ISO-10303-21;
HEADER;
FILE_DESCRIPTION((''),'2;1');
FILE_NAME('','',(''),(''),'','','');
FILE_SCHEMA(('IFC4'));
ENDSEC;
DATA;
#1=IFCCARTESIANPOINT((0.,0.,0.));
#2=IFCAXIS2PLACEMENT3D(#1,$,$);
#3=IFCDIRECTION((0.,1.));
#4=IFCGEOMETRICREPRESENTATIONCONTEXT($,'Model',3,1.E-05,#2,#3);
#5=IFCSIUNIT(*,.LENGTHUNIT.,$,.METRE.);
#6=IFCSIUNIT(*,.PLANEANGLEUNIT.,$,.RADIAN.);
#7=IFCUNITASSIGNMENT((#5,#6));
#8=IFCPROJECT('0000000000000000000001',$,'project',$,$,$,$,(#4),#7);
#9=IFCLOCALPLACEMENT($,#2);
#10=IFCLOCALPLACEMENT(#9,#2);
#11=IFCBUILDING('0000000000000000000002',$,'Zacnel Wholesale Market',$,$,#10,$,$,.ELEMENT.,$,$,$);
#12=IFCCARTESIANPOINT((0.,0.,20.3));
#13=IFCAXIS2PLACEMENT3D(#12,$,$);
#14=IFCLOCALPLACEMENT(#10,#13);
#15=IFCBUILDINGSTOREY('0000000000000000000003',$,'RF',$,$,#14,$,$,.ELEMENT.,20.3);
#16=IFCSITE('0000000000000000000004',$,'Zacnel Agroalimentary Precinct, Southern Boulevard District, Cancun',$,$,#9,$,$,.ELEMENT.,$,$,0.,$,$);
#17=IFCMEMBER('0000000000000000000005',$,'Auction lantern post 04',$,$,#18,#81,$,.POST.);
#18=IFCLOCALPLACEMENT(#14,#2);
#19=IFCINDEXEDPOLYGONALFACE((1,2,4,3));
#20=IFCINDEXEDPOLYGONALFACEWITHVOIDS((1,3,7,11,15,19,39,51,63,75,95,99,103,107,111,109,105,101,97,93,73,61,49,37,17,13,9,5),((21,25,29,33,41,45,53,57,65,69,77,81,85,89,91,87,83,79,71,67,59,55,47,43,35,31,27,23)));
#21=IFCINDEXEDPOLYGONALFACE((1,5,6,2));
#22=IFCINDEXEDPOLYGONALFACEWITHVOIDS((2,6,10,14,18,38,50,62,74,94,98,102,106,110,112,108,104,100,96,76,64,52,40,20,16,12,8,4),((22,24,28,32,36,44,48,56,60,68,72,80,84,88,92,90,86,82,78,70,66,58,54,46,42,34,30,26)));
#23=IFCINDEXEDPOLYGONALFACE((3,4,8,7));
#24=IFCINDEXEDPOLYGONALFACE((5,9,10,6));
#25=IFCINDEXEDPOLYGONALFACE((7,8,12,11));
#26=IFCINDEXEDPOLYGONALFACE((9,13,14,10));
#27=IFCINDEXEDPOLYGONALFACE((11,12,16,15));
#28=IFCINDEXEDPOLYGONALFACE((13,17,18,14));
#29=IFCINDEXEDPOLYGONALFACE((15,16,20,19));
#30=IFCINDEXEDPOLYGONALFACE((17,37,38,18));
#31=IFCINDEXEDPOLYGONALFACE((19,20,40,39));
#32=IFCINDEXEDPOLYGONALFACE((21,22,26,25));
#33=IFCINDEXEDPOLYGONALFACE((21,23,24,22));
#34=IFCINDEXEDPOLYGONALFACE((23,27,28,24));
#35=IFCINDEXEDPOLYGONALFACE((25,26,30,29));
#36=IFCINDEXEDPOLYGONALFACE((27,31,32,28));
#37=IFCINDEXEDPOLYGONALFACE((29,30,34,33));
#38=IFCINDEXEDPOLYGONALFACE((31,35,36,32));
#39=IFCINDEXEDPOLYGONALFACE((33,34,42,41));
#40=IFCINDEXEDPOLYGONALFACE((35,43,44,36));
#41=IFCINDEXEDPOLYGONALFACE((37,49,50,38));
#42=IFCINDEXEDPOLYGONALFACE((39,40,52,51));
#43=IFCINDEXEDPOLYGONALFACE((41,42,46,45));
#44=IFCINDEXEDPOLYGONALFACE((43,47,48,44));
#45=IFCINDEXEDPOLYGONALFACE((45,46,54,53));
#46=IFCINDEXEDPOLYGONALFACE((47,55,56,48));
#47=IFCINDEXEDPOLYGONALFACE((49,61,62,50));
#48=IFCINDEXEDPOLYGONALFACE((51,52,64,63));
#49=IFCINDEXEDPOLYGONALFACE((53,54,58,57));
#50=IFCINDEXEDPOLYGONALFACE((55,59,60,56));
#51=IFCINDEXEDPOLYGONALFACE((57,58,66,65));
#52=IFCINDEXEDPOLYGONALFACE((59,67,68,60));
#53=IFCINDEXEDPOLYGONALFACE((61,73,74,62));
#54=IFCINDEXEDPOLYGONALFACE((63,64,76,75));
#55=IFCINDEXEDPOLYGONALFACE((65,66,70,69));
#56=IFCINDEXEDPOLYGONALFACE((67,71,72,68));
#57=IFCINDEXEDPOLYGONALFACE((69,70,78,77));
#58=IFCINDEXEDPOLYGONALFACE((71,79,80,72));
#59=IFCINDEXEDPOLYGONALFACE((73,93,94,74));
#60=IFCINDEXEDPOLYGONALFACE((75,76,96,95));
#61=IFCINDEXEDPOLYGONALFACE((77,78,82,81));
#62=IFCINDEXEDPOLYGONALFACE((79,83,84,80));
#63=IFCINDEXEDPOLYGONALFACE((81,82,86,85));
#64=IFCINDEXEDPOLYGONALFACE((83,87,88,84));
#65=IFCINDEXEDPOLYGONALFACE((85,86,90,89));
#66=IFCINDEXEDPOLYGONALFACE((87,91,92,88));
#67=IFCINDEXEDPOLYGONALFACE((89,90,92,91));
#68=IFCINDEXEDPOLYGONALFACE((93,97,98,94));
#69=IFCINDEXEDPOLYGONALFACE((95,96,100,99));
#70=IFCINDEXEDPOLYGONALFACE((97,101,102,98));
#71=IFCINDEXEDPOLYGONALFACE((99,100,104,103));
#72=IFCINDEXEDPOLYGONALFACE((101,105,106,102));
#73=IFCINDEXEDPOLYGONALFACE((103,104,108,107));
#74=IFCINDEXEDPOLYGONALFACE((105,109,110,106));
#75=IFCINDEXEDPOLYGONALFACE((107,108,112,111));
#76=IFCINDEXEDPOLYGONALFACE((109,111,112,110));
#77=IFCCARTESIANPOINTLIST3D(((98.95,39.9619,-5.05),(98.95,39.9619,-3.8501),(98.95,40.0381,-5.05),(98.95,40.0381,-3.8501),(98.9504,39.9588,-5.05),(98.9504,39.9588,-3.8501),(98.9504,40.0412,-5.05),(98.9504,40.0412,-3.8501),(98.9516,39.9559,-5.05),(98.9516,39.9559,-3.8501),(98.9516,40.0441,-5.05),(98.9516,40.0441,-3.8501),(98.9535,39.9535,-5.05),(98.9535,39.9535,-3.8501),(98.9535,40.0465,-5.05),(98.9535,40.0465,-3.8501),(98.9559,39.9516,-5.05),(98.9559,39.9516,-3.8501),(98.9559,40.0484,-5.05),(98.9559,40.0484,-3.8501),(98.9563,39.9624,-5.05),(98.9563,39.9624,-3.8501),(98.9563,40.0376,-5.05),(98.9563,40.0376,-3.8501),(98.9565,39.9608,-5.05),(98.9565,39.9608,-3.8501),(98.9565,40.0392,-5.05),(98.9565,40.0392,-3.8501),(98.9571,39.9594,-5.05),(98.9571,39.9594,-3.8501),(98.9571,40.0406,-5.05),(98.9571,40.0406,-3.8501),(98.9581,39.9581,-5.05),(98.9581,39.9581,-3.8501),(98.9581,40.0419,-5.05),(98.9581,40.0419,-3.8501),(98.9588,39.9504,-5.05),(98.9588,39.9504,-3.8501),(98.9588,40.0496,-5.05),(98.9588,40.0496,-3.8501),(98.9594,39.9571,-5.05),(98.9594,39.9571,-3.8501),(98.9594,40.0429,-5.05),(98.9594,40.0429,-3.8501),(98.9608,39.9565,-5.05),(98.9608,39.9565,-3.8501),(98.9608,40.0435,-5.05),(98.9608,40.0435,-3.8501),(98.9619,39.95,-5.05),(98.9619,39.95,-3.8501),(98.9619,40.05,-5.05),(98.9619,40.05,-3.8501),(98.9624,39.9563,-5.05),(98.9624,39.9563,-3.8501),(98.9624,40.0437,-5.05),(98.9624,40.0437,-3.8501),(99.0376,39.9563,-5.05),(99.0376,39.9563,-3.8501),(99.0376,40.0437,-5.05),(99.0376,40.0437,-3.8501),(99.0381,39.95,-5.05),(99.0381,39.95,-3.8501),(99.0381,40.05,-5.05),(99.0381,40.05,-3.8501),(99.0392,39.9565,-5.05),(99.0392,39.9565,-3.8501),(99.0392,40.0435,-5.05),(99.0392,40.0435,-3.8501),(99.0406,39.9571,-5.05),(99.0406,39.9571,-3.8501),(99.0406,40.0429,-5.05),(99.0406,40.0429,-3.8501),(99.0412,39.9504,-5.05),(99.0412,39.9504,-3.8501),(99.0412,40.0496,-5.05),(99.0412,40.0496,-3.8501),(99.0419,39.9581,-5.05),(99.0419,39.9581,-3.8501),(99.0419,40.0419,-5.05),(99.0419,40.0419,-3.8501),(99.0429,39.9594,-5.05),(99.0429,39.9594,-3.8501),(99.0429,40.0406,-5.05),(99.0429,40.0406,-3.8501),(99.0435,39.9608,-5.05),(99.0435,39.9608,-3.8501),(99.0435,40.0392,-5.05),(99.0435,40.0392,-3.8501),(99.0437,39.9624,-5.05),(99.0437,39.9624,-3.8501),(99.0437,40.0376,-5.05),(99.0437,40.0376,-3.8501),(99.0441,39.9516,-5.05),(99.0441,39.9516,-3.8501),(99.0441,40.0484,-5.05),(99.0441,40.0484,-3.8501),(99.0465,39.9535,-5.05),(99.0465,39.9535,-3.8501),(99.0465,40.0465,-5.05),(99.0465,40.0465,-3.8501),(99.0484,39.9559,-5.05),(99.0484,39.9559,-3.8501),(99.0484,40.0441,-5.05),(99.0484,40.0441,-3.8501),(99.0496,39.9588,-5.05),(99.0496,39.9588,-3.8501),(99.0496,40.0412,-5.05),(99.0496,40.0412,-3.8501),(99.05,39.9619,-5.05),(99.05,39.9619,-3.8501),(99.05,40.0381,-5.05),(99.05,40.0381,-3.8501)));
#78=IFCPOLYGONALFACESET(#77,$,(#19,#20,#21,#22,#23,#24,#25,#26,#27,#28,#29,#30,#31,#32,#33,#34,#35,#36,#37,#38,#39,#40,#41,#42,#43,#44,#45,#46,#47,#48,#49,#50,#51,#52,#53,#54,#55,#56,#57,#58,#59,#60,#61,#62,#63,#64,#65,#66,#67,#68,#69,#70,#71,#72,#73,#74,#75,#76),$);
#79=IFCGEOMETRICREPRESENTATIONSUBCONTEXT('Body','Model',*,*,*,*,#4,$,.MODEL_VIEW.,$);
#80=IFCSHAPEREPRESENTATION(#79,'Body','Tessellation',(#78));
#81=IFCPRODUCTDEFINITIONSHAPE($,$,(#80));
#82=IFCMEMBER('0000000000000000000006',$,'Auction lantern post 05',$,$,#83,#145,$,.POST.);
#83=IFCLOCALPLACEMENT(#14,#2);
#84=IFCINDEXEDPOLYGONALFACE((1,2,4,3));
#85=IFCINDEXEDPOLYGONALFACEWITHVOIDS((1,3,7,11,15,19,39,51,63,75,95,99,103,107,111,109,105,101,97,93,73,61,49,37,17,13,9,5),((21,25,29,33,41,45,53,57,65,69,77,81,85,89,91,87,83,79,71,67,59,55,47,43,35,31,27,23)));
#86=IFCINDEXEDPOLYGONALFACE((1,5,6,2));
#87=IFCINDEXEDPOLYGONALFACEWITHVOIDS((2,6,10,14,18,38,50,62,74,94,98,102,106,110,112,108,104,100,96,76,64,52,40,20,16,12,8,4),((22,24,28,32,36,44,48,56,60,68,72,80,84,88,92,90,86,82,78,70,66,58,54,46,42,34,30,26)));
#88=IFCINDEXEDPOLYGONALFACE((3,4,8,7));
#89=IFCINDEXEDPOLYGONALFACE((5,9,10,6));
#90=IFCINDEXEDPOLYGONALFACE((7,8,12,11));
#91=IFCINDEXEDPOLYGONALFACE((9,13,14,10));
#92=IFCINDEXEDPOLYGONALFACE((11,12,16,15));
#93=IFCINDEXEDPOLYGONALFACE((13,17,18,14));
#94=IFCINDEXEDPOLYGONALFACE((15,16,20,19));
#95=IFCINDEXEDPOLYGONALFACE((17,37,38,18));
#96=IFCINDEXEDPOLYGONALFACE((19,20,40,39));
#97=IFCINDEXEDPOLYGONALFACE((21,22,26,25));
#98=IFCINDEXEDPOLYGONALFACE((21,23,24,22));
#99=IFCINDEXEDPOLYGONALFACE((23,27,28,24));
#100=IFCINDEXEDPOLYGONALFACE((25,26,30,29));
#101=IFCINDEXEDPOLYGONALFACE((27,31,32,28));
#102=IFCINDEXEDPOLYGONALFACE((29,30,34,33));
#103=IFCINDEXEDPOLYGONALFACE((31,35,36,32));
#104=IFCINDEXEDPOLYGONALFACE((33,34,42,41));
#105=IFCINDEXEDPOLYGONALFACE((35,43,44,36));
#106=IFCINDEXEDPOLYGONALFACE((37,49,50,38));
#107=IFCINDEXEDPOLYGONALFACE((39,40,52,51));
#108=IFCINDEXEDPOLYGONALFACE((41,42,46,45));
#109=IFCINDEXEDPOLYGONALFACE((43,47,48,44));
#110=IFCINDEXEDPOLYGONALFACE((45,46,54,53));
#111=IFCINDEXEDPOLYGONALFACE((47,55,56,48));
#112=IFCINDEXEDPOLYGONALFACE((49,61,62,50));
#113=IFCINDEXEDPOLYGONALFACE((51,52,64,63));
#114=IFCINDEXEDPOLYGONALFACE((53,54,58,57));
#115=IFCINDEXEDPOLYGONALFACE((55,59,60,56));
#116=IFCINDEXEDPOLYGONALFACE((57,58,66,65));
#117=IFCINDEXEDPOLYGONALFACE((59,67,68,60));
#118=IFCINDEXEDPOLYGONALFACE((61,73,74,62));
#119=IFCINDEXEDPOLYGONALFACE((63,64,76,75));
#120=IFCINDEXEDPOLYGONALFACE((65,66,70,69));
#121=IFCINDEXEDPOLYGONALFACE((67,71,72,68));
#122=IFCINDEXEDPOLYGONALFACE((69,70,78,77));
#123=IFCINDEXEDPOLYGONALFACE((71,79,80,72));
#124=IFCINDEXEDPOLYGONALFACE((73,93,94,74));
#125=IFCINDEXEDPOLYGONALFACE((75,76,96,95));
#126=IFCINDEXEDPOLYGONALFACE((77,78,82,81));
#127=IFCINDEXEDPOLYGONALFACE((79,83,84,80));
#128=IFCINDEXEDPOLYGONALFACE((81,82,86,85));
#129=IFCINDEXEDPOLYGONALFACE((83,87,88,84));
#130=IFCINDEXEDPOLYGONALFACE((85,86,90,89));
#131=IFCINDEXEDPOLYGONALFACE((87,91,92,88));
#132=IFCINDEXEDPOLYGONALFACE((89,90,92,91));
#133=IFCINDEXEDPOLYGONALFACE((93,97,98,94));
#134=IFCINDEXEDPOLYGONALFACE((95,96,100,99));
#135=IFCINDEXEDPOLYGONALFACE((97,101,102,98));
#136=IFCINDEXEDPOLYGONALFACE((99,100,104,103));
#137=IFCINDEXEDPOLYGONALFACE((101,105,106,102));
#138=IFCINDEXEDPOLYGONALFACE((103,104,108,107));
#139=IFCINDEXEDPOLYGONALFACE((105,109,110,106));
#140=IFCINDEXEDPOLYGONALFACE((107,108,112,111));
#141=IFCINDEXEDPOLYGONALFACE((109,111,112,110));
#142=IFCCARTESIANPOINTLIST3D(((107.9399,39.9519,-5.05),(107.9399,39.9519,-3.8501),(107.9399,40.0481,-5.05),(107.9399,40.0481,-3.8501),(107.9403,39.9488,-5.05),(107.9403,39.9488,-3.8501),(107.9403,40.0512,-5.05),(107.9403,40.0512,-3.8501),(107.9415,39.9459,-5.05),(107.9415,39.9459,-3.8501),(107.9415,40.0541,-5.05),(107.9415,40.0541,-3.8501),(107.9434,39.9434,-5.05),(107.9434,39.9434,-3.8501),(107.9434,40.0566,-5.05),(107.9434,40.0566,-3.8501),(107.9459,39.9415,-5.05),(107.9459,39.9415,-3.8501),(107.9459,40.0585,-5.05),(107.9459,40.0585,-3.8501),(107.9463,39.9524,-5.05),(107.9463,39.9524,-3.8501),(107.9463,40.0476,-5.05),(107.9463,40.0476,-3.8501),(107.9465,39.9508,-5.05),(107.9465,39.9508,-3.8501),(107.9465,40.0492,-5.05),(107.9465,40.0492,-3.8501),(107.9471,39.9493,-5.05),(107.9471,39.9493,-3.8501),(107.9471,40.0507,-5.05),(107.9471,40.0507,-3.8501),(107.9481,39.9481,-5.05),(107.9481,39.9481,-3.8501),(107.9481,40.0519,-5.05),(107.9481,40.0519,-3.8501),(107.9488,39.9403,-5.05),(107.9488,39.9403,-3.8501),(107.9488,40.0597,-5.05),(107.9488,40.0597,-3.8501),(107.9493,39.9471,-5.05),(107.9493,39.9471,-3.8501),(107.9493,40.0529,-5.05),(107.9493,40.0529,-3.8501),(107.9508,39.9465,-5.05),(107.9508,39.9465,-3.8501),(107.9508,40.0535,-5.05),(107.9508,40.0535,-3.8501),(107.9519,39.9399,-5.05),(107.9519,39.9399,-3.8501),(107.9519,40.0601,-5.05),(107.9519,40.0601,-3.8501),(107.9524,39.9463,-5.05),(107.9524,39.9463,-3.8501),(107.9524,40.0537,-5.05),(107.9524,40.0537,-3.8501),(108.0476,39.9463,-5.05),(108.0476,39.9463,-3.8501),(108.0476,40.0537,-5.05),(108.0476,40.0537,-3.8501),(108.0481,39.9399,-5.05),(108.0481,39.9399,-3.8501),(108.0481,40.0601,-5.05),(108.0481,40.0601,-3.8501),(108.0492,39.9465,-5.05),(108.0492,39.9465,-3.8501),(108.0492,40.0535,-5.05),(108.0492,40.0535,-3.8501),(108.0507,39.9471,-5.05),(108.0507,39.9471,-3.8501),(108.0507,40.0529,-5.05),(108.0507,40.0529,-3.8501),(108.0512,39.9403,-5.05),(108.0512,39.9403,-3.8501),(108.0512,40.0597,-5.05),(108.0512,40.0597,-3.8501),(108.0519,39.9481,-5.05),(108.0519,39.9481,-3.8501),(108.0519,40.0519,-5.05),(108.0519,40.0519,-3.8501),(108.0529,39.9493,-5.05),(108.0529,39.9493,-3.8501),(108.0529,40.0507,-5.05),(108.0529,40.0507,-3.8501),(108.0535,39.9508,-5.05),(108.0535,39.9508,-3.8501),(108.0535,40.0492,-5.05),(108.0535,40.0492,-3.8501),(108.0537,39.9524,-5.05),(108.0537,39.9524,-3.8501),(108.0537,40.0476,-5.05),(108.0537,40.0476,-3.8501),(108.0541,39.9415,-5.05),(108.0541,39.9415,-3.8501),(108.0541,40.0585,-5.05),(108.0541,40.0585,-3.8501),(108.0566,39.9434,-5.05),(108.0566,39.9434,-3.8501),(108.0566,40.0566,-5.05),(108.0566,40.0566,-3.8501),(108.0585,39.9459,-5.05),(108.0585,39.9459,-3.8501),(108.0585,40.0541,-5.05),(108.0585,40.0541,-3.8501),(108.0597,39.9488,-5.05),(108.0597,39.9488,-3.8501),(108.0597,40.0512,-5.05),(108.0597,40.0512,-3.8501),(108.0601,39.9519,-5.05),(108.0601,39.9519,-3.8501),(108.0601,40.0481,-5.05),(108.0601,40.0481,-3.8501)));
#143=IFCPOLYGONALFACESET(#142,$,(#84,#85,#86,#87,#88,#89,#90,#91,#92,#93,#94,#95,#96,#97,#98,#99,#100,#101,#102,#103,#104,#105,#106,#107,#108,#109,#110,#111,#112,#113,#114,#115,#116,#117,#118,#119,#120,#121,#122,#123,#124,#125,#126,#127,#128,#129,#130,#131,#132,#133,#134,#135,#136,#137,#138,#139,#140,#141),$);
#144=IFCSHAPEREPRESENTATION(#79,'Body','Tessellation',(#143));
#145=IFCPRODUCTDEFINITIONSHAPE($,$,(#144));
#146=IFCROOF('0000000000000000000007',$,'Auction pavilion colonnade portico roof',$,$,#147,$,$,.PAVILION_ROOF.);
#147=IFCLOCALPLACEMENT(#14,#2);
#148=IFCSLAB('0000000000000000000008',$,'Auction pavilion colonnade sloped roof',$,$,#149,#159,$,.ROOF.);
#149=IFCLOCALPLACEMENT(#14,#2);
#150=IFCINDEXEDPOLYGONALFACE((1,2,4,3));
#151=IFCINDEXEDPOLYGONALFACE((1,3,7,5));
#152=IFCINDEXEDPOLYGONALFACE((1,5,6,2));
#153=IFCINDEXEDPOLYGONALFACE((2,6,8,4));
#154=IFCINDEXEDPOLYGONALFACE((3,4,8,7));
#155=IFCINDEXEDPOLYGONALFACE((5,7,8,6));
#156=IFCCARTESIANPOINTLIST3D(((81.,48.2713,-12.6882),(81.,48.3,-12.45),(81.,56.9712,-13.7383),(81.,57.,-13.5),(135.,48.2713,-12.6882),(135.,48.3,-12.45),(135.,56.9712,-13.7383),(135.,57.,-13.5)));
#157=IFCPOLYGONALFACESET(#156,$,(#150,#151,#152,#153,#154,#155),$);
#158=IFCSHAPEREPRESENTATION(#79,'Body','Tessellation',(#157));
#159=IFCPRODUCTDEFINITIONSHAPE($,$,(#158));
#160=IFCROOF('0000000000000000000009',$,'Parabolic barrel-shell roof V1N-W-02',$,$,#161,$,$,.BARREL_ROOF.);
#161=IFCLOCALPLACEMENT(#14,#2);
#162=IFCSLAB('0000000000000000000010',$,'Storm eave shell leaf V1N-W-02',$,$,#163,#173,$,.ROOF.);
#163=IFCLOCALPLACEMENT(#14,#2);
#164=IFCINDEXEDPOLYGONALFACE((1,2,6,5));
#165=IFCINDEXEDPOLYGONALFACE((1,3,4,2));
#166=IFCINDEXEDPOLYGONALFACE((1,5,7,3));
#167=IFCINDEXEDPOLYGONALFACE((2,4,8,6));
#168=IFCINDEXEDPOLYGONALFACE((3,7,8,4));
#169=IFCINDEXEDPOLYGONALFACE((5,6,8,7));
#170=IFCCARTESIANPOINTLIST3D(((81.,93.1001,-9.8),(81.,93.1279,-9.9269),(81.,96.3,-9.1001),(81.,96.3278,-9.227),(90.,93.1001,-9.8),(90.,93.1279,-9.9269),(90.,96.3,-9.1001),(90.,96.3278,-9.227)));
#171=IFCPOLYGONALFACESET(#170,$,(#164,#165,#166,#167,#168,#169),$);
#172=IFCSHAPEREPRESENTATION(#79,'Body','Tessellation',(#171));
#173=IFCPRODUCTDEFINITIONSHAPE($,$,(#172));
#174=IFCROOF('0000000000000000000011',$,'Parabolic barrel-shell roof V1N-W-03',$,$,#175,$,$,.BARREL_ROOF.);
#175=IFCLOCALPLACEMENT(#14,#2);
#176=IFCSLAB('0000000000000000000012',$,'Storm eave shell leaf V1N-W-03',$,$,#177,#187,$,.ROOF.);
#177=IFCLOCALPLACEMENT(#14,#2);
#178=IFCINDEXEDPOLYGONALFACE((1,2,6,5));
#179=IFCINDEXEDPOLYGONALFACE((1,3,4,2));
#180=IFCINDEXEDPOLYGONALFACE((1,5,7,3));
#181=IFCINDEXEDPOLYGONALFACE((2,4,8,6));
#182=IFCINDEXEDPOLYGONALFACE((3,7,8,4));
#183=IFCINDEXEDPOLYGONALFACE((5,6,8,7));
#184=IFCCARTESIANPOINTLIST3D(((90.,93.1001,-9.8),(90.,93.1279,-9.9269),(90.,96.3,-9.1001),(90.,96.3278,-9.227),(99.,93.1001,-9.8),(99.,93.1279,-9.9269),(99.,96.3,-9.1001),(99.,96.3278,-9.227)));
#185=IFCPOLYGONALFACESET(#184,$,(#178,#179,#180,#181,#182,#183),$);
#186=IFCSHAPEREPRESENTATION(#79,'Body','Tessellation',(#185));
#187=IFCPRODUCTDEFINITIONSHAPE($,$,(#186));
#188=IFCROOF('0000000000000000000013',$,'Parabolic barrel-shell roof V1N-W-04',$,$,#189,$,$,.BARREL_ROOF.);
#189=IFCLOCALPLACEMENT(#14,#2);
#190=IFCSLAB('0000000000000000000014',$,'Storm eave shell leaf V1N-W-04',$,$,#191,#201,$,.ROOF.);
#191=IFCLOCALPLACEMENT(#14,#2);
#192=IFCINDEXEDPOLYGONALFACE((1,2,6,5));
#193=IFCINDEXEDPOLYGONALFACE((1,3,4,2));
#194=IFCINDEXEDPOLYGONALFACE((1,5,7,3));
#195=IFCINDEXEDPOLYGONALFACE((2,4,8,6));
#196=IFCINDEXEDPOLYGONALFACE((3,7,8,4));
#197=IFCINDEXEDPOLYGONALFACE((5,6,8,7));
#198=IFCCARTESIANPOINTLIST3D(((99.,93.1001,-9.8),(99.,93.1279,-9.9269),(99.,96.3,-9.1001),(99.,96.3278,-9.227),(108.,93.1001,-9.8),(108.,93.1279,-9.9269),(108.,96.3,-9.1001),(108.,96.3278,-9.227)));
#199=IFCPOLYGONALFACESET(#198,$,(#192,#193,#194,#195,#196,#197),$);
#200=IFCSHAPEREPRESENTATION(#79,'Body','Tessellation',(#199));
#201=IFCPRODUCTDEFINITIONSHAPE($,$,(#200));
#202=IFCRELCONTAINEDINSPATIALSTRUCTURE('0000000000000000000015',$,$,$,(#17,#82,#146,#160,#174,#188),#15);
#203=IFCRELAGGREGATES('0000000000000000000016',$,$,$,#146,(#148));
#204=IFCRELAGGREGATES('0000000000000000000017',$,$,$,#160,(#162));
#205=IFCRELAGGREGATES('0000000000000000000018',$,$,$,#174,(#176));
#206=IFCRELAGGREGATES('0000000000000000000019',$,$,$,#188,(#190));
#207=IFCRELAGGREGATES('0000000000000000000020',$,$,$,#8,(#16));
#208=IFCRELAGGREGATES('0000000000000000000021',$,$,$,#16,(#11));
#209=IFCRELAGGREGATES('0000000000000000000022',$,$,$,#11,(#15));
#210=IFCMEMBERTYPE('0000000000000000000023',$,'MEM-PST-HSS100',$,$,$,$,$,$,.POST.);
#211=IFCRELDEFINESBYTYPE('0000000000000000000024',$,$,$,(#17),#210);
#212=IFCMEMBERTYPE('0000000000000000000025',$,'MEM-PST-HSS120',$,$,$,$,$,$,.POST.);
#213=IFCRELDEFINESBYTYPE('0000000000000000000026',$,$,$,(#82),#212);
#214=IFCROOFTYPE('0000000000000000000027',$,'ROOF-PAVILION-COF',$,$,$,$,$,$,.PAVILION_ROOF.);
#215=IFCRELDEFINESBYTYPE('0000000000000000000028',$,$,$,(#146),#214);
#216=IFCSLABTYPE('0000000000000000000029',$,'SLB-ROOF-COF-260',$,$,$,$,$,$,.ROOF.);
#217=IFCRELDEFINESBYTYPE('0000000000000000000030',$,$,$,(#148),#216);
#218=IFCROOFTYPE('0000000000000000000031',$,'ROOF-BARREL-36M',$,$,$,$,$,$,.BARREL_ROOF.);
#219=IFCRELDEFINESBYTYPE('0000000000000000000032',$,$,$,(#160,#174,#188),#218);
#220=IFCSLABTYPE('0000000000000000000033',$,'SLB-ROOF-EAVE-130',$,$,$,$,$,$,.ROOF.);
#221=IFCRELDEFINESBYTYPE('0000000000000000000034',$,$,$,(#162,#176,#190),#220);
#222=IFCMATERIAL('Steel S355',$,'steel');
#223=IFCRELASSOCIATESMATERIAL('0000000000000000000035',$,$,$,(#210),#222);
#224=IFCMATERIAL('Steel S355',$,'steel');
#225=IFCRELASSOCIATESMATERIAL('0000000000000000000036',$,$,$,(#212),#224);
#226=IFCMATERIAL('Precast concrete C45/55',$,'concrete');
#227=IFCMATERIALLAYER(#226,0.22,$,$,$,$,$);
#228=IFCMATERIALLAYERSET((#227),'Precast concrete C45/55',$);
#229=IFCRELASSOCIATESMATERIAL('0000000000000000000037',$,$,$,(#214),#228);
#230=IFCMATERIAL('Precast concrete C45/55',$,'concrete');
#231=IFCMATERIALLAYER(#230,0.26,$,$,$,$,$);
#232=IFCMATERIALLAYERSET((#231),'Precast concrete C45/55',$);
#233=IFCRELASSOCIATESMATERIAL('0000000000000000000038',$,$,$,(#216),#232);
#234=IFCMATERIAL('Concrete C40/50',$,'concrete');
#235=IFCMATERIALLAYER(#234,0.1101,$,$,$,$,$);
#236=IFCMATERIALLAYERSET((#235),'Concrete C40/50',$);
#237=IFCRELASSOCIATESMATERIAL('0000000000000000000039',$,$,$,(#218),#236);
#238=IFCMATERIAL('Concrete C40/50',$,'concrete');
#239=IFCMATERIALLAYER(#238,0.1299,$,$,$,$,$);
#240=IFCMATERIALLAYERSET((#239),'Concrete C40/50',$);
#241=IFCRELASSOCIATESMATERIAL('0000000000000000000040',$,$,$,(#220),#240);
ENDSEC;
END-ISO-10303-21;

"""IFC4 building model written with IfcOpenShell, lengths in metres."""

from ifc_helpers import new_model, si_unit, direction, frame, origin, origin_2d, place, context, subcontext, project, spatial, polyline, hollow_rectangle, outline, extrude, material, layer, layer_set, material_profile, profile_set, type_object, element, aggregate, save


model = new_model("IFC4")

# Units and contexts
model_context = context("Model", 3, precision=1e-05, world=origin(), true_north=direction((0.0, 1.0)))
body_context = subcontext(model_context, "Body", "Model", "MODEL_VIEW")
ifc_project = project(units=[si_unit("LENGTHUNIT", "METRE"), si_unit("PLANEANGLEUNIT", "RADIAN")], contexts=[model_context])

# Site, building, storey
site_placement = place(None, origin())
site = spatial("IfcSite", under=ifc_project, at=site_placement, Name="Zacnel Agroalimentary Precinct, Southern Boulevard District, Cancun", CompositionType="ELEMENT", RefElevation=0.0)
building_placement = place(site_placement, origin())
building = spatial("IfcBuilding", under=site, at=building_placement, Name="Zacnel Wholesale Market", CompositionType="ELEMENT")
storey_placement = place(building_placement, frame((0.0, 0.0, 20.3)))
storey = spatial("IfcBuildingStorey", under=building, at=storey_placement, Name="RF", CompositionType="ELEMENT", Elevation=20.3)

# Members
ifc_material_1 = material(Name="Steel S355", Category="steel")
ifc_material_profile_1 = material_profile(ifc_material_1, hollow_rectangle(XDim=0.1001, YDim=0.1001, WallThickness=0.0063, InnerFilletRadius=0.0061, OuterFilletRadius=0.012, at=origin_2d()), Name="HSS 100x100x6.3")
ifc_profile_set_1 = profile_set([ifc_material_profile_1], Name="Steel S355")
member_type_1 = type_object("IfcMemberType", Name="MEM-PST-HSS100", PredefinedType="POST", material=ifc_profile_set_1)
member_1_placement = place(storey_placement, frame((99.0, 40.0, -5.05), z_axis=(0.0, 0.0, 1.0), x_axis=(1.0, 0.0, 0.0)))
element("IfcMember", 1, at=member_1_placement, inside=storey, type_object=member_type_1, Name="Auction lantern post 04", PredefinedType="POST", context=body_context, shape_type="SweptSolid", body=[
    extrude(hollow_rectangle(XDim=0.1001, YDim=0.1001, WallThickness=0.0063, InnerFilletRadius=0.0061, OuterFilletRadius=0.012, at=origin_2d()), origin(), (0.0, 0.0, 1.0), 1.2),
])
ifc_material_2 = material(Name="Steel S355", Category="steel")
ifc_material_profile_2 = material_profile(ifc_material_2, hollow_rectangle(XDim=0.1201, YDim=0.1201, WallThickness=0.0063, InnerFilletRadius=0.0061, OuterFilletRadius=0.012, at=origin_2d()), Name="HSS 120x120x6.3")
ifc_profile_set_2 = profile_set([ifc_material_profile_2], Name="Steel S355")
member_type_2 = type_object("IfcMemberType", Name="MEM-PST-HSS120", PredefinedType="POST", material=ifc_profile_set_2)
member_2_placement = place(storey_placement, frame((108.0, 40.0, -5.05), z_axis=(0.0, 0.0, 1.0), x_axis=(1.0, 0.0, 0.0)))
element("IfcMember", 2, at=member_2_placement, inside=storey, type_object=member_type_2, Name="Auction lantern post 05", PredefinedType="POST", context=body_context, shape_type="SweptSolid", body=[
    extrude(hollow_rectangle(XDim=0.1201, YDim=0.1201, WallThickness=0.0063, InnerFilletRadius=0.0061, OuterFilletRadius=0.012, at=origin_2d()), origin(), (0.0, 0.0, 1.0), 1.2),
])

# Roofs, slabs
ifc_material_3 = material(Name="Precast concrete C45/55", Category="concrete")
ifc_layer_1 = layer(ifc_material_3, 0.22)
ifc_layer_set_1 = layer_set([ifc_layer_1], Name="Precast concrete C45/55")
roof_type_1 = type_object("IfcRoofType", Name="ROOF-PAVILION-COF", PredefinedType="PAVILION_ROOF", material=ifc_layer_set_1)
roof_1_placement = place(storey_placement, origin())
roof_1 = element("IfcRoof", 3, at=roof_1_placement, inside=storey, type_object=roof_type_1, Name="Auction pavilion colonnade portico roof", PredefinedType="PAVILION_ROOF")
ifc_material_4 = material(Name="Precast concrete C45/55", Category="concrete")
ifc_layer_2 = layer(ifc_material_4, 0.26)
ifc_layer_set_2 = layer_set([ifc_layer_2], Name="Precast concrete C45/55")
slab_type_1 = type_object("IfcSlabType", Name="SLB-ROOF-COF-260", PredefinedType="ROOF", material=ifc_layer_set_2)
slab_1_placement = place(storey_placement, frame((81.0, 57.0, -13.5), z_axis=(0.0, 0.119826, 0.992795), x_axis=(1.0, 0.0, 0.0)))
slab_1 = element("IfcSlab", 4, at=slab_1_placement, type_object=slab_type_1, Name="Auction pavilion colonnade sloped roof", PredefinedType="ROOF", context=body_context, shape_type="SweptSolid", body=[
    extrude(outline(polyline([(0.0, 0.0), (54.0, 0.0), (54.0, -8.7631), (0.0, -8.7631), (0.0, 0.0)])), origin(), (0.0, 0.0, -1.0), 0.24),
])
aggregate(roof_1, [slab_1])
ifc_material_5 = material(Name="Concrete C40/50", Category="concrete")
ifc_layer_3 = layer(ifc_material_5, 0.1101)
ifc_layer_set_3 = layer_set([ifc_layer_3], Name="Concrete C40/50")
roof_type_2 = type_object("IfcRoofType", Name="ROOF-BARREL-36M", PredefinedType="BARREL_ROOF", material=ifc_layer_set_3)
roof_2_placement = place(storey_placement, origin())
roof_2 = element("IfcRoof", 5, at=roof_2_placement, inside=storey, type_object=roof_type_2, Name="Parabolic barrel-shell roof V1N-W-02", PredefinedType="BARREL_ROOF")
ifc_material_6 = material(Name="Concrete C40/50", Category="concrete")
ifc_layer_4 = layer(ifc_material_6, 0.1299)
ifc_layer_set_4 = layer_set([ifc_layer_4], Name="Concrete C40/50")
slab_type_2 = type_object("IfcSlabType", Name="SLB-ROOF-EAVE-130", PredefinedType="ROOF", material=ifc_layer_set_4)
slab_2_placement = place(storey_placement, frame((81.0, 93.1001, -9.8), z_axis=(0.0, -0.213686, 0.976902), x_axis=(1.0, 0.0, 0.0)))
slab_2 = element("IfcSlab", 6, at=slab_2_placement, type_object=slab_type_2, Name="Storm eave shell leaf V1N-W-02", PredefinedType="ROOF", context=body_context, shape_type="SweptSolid", body=[
    extrude(outline(polyline([(0.0, 0.0), (9.0, 0.0), (9.0, 3.2756), (0.0, 3.2756), (0.0, 0.0)])), origin(), (0.0, 0.0, -1.0), 0.1299),
])
roof_3_placement = place(storey_placement, origin())
roof_3 = element("IfcRoof", 7, at=roof_3_placement, inside=storey, type_object=roof_type_2, Name="Parabolic barrel-shell roof V1N-W-03", PredefinedType="BARREL_ROOF")
slab_3_placement = place(storey_placement, frame((90.0, 93.1001, -9.8), z_axis=(0.0, -0.213686, 0.976902), x_axis=(1.0, 0.0, 0.0)))
slab_3 = element("IfcSlab", 8, at=slab_3_placement, type_object=slab_type_2, Name="Storm eave shell leaf V1N-W-03", PredefinedType="ROOF", context=body_context, shape_type="SweptSolid", body=[
    extrude(outline(polyline([(0.0, 0.0), (9.0, 0.0), (9.0, 3.2756), (0.0, 3.2756), (0.0, 0.0)])), origin(), (0.0, 0.0, -1.0), 0.1299),
])
roof_4_placement = place(storey_placement, origin())
roof_4 = element("IfcRoof", 9, at=roof_4_placement, inside=storey, type_object=roof_type_2, Name="Parabolic barrel-shell roof V1N-W-04", PredefinedType="BARREL_ROOF")
slab_4_placement = place(storey_placement, frame((99.0, 93.1001, -9.8), z_axis=(0.0, -0.213686, 0.976902), x_axis=(1.0, 0.0, 0.0)))
slab_4 = element("IfcSlab", 10, at=slab_4_placement, type_object=slab_type_2, Name="Storm eave shell leaf V1N-W-04", PredefinedType="ROOF", context=body_context, shape_type="SweptSolid", body=[
    extrude(outline(polyline([(0.0, 0.0), (9.0, 0.0), (9.0, 3.2756), (0.0, 3.2756), (0.0, 0.0)])), origin(), (0.0, 0.0, -1.0), 0.1299),
])

aggregate(roof_2, [slab_2])
aggregate(roof_3, [slab_3])
aggregate(roof_4, [slab_4])

save(model, "model.ifc")
